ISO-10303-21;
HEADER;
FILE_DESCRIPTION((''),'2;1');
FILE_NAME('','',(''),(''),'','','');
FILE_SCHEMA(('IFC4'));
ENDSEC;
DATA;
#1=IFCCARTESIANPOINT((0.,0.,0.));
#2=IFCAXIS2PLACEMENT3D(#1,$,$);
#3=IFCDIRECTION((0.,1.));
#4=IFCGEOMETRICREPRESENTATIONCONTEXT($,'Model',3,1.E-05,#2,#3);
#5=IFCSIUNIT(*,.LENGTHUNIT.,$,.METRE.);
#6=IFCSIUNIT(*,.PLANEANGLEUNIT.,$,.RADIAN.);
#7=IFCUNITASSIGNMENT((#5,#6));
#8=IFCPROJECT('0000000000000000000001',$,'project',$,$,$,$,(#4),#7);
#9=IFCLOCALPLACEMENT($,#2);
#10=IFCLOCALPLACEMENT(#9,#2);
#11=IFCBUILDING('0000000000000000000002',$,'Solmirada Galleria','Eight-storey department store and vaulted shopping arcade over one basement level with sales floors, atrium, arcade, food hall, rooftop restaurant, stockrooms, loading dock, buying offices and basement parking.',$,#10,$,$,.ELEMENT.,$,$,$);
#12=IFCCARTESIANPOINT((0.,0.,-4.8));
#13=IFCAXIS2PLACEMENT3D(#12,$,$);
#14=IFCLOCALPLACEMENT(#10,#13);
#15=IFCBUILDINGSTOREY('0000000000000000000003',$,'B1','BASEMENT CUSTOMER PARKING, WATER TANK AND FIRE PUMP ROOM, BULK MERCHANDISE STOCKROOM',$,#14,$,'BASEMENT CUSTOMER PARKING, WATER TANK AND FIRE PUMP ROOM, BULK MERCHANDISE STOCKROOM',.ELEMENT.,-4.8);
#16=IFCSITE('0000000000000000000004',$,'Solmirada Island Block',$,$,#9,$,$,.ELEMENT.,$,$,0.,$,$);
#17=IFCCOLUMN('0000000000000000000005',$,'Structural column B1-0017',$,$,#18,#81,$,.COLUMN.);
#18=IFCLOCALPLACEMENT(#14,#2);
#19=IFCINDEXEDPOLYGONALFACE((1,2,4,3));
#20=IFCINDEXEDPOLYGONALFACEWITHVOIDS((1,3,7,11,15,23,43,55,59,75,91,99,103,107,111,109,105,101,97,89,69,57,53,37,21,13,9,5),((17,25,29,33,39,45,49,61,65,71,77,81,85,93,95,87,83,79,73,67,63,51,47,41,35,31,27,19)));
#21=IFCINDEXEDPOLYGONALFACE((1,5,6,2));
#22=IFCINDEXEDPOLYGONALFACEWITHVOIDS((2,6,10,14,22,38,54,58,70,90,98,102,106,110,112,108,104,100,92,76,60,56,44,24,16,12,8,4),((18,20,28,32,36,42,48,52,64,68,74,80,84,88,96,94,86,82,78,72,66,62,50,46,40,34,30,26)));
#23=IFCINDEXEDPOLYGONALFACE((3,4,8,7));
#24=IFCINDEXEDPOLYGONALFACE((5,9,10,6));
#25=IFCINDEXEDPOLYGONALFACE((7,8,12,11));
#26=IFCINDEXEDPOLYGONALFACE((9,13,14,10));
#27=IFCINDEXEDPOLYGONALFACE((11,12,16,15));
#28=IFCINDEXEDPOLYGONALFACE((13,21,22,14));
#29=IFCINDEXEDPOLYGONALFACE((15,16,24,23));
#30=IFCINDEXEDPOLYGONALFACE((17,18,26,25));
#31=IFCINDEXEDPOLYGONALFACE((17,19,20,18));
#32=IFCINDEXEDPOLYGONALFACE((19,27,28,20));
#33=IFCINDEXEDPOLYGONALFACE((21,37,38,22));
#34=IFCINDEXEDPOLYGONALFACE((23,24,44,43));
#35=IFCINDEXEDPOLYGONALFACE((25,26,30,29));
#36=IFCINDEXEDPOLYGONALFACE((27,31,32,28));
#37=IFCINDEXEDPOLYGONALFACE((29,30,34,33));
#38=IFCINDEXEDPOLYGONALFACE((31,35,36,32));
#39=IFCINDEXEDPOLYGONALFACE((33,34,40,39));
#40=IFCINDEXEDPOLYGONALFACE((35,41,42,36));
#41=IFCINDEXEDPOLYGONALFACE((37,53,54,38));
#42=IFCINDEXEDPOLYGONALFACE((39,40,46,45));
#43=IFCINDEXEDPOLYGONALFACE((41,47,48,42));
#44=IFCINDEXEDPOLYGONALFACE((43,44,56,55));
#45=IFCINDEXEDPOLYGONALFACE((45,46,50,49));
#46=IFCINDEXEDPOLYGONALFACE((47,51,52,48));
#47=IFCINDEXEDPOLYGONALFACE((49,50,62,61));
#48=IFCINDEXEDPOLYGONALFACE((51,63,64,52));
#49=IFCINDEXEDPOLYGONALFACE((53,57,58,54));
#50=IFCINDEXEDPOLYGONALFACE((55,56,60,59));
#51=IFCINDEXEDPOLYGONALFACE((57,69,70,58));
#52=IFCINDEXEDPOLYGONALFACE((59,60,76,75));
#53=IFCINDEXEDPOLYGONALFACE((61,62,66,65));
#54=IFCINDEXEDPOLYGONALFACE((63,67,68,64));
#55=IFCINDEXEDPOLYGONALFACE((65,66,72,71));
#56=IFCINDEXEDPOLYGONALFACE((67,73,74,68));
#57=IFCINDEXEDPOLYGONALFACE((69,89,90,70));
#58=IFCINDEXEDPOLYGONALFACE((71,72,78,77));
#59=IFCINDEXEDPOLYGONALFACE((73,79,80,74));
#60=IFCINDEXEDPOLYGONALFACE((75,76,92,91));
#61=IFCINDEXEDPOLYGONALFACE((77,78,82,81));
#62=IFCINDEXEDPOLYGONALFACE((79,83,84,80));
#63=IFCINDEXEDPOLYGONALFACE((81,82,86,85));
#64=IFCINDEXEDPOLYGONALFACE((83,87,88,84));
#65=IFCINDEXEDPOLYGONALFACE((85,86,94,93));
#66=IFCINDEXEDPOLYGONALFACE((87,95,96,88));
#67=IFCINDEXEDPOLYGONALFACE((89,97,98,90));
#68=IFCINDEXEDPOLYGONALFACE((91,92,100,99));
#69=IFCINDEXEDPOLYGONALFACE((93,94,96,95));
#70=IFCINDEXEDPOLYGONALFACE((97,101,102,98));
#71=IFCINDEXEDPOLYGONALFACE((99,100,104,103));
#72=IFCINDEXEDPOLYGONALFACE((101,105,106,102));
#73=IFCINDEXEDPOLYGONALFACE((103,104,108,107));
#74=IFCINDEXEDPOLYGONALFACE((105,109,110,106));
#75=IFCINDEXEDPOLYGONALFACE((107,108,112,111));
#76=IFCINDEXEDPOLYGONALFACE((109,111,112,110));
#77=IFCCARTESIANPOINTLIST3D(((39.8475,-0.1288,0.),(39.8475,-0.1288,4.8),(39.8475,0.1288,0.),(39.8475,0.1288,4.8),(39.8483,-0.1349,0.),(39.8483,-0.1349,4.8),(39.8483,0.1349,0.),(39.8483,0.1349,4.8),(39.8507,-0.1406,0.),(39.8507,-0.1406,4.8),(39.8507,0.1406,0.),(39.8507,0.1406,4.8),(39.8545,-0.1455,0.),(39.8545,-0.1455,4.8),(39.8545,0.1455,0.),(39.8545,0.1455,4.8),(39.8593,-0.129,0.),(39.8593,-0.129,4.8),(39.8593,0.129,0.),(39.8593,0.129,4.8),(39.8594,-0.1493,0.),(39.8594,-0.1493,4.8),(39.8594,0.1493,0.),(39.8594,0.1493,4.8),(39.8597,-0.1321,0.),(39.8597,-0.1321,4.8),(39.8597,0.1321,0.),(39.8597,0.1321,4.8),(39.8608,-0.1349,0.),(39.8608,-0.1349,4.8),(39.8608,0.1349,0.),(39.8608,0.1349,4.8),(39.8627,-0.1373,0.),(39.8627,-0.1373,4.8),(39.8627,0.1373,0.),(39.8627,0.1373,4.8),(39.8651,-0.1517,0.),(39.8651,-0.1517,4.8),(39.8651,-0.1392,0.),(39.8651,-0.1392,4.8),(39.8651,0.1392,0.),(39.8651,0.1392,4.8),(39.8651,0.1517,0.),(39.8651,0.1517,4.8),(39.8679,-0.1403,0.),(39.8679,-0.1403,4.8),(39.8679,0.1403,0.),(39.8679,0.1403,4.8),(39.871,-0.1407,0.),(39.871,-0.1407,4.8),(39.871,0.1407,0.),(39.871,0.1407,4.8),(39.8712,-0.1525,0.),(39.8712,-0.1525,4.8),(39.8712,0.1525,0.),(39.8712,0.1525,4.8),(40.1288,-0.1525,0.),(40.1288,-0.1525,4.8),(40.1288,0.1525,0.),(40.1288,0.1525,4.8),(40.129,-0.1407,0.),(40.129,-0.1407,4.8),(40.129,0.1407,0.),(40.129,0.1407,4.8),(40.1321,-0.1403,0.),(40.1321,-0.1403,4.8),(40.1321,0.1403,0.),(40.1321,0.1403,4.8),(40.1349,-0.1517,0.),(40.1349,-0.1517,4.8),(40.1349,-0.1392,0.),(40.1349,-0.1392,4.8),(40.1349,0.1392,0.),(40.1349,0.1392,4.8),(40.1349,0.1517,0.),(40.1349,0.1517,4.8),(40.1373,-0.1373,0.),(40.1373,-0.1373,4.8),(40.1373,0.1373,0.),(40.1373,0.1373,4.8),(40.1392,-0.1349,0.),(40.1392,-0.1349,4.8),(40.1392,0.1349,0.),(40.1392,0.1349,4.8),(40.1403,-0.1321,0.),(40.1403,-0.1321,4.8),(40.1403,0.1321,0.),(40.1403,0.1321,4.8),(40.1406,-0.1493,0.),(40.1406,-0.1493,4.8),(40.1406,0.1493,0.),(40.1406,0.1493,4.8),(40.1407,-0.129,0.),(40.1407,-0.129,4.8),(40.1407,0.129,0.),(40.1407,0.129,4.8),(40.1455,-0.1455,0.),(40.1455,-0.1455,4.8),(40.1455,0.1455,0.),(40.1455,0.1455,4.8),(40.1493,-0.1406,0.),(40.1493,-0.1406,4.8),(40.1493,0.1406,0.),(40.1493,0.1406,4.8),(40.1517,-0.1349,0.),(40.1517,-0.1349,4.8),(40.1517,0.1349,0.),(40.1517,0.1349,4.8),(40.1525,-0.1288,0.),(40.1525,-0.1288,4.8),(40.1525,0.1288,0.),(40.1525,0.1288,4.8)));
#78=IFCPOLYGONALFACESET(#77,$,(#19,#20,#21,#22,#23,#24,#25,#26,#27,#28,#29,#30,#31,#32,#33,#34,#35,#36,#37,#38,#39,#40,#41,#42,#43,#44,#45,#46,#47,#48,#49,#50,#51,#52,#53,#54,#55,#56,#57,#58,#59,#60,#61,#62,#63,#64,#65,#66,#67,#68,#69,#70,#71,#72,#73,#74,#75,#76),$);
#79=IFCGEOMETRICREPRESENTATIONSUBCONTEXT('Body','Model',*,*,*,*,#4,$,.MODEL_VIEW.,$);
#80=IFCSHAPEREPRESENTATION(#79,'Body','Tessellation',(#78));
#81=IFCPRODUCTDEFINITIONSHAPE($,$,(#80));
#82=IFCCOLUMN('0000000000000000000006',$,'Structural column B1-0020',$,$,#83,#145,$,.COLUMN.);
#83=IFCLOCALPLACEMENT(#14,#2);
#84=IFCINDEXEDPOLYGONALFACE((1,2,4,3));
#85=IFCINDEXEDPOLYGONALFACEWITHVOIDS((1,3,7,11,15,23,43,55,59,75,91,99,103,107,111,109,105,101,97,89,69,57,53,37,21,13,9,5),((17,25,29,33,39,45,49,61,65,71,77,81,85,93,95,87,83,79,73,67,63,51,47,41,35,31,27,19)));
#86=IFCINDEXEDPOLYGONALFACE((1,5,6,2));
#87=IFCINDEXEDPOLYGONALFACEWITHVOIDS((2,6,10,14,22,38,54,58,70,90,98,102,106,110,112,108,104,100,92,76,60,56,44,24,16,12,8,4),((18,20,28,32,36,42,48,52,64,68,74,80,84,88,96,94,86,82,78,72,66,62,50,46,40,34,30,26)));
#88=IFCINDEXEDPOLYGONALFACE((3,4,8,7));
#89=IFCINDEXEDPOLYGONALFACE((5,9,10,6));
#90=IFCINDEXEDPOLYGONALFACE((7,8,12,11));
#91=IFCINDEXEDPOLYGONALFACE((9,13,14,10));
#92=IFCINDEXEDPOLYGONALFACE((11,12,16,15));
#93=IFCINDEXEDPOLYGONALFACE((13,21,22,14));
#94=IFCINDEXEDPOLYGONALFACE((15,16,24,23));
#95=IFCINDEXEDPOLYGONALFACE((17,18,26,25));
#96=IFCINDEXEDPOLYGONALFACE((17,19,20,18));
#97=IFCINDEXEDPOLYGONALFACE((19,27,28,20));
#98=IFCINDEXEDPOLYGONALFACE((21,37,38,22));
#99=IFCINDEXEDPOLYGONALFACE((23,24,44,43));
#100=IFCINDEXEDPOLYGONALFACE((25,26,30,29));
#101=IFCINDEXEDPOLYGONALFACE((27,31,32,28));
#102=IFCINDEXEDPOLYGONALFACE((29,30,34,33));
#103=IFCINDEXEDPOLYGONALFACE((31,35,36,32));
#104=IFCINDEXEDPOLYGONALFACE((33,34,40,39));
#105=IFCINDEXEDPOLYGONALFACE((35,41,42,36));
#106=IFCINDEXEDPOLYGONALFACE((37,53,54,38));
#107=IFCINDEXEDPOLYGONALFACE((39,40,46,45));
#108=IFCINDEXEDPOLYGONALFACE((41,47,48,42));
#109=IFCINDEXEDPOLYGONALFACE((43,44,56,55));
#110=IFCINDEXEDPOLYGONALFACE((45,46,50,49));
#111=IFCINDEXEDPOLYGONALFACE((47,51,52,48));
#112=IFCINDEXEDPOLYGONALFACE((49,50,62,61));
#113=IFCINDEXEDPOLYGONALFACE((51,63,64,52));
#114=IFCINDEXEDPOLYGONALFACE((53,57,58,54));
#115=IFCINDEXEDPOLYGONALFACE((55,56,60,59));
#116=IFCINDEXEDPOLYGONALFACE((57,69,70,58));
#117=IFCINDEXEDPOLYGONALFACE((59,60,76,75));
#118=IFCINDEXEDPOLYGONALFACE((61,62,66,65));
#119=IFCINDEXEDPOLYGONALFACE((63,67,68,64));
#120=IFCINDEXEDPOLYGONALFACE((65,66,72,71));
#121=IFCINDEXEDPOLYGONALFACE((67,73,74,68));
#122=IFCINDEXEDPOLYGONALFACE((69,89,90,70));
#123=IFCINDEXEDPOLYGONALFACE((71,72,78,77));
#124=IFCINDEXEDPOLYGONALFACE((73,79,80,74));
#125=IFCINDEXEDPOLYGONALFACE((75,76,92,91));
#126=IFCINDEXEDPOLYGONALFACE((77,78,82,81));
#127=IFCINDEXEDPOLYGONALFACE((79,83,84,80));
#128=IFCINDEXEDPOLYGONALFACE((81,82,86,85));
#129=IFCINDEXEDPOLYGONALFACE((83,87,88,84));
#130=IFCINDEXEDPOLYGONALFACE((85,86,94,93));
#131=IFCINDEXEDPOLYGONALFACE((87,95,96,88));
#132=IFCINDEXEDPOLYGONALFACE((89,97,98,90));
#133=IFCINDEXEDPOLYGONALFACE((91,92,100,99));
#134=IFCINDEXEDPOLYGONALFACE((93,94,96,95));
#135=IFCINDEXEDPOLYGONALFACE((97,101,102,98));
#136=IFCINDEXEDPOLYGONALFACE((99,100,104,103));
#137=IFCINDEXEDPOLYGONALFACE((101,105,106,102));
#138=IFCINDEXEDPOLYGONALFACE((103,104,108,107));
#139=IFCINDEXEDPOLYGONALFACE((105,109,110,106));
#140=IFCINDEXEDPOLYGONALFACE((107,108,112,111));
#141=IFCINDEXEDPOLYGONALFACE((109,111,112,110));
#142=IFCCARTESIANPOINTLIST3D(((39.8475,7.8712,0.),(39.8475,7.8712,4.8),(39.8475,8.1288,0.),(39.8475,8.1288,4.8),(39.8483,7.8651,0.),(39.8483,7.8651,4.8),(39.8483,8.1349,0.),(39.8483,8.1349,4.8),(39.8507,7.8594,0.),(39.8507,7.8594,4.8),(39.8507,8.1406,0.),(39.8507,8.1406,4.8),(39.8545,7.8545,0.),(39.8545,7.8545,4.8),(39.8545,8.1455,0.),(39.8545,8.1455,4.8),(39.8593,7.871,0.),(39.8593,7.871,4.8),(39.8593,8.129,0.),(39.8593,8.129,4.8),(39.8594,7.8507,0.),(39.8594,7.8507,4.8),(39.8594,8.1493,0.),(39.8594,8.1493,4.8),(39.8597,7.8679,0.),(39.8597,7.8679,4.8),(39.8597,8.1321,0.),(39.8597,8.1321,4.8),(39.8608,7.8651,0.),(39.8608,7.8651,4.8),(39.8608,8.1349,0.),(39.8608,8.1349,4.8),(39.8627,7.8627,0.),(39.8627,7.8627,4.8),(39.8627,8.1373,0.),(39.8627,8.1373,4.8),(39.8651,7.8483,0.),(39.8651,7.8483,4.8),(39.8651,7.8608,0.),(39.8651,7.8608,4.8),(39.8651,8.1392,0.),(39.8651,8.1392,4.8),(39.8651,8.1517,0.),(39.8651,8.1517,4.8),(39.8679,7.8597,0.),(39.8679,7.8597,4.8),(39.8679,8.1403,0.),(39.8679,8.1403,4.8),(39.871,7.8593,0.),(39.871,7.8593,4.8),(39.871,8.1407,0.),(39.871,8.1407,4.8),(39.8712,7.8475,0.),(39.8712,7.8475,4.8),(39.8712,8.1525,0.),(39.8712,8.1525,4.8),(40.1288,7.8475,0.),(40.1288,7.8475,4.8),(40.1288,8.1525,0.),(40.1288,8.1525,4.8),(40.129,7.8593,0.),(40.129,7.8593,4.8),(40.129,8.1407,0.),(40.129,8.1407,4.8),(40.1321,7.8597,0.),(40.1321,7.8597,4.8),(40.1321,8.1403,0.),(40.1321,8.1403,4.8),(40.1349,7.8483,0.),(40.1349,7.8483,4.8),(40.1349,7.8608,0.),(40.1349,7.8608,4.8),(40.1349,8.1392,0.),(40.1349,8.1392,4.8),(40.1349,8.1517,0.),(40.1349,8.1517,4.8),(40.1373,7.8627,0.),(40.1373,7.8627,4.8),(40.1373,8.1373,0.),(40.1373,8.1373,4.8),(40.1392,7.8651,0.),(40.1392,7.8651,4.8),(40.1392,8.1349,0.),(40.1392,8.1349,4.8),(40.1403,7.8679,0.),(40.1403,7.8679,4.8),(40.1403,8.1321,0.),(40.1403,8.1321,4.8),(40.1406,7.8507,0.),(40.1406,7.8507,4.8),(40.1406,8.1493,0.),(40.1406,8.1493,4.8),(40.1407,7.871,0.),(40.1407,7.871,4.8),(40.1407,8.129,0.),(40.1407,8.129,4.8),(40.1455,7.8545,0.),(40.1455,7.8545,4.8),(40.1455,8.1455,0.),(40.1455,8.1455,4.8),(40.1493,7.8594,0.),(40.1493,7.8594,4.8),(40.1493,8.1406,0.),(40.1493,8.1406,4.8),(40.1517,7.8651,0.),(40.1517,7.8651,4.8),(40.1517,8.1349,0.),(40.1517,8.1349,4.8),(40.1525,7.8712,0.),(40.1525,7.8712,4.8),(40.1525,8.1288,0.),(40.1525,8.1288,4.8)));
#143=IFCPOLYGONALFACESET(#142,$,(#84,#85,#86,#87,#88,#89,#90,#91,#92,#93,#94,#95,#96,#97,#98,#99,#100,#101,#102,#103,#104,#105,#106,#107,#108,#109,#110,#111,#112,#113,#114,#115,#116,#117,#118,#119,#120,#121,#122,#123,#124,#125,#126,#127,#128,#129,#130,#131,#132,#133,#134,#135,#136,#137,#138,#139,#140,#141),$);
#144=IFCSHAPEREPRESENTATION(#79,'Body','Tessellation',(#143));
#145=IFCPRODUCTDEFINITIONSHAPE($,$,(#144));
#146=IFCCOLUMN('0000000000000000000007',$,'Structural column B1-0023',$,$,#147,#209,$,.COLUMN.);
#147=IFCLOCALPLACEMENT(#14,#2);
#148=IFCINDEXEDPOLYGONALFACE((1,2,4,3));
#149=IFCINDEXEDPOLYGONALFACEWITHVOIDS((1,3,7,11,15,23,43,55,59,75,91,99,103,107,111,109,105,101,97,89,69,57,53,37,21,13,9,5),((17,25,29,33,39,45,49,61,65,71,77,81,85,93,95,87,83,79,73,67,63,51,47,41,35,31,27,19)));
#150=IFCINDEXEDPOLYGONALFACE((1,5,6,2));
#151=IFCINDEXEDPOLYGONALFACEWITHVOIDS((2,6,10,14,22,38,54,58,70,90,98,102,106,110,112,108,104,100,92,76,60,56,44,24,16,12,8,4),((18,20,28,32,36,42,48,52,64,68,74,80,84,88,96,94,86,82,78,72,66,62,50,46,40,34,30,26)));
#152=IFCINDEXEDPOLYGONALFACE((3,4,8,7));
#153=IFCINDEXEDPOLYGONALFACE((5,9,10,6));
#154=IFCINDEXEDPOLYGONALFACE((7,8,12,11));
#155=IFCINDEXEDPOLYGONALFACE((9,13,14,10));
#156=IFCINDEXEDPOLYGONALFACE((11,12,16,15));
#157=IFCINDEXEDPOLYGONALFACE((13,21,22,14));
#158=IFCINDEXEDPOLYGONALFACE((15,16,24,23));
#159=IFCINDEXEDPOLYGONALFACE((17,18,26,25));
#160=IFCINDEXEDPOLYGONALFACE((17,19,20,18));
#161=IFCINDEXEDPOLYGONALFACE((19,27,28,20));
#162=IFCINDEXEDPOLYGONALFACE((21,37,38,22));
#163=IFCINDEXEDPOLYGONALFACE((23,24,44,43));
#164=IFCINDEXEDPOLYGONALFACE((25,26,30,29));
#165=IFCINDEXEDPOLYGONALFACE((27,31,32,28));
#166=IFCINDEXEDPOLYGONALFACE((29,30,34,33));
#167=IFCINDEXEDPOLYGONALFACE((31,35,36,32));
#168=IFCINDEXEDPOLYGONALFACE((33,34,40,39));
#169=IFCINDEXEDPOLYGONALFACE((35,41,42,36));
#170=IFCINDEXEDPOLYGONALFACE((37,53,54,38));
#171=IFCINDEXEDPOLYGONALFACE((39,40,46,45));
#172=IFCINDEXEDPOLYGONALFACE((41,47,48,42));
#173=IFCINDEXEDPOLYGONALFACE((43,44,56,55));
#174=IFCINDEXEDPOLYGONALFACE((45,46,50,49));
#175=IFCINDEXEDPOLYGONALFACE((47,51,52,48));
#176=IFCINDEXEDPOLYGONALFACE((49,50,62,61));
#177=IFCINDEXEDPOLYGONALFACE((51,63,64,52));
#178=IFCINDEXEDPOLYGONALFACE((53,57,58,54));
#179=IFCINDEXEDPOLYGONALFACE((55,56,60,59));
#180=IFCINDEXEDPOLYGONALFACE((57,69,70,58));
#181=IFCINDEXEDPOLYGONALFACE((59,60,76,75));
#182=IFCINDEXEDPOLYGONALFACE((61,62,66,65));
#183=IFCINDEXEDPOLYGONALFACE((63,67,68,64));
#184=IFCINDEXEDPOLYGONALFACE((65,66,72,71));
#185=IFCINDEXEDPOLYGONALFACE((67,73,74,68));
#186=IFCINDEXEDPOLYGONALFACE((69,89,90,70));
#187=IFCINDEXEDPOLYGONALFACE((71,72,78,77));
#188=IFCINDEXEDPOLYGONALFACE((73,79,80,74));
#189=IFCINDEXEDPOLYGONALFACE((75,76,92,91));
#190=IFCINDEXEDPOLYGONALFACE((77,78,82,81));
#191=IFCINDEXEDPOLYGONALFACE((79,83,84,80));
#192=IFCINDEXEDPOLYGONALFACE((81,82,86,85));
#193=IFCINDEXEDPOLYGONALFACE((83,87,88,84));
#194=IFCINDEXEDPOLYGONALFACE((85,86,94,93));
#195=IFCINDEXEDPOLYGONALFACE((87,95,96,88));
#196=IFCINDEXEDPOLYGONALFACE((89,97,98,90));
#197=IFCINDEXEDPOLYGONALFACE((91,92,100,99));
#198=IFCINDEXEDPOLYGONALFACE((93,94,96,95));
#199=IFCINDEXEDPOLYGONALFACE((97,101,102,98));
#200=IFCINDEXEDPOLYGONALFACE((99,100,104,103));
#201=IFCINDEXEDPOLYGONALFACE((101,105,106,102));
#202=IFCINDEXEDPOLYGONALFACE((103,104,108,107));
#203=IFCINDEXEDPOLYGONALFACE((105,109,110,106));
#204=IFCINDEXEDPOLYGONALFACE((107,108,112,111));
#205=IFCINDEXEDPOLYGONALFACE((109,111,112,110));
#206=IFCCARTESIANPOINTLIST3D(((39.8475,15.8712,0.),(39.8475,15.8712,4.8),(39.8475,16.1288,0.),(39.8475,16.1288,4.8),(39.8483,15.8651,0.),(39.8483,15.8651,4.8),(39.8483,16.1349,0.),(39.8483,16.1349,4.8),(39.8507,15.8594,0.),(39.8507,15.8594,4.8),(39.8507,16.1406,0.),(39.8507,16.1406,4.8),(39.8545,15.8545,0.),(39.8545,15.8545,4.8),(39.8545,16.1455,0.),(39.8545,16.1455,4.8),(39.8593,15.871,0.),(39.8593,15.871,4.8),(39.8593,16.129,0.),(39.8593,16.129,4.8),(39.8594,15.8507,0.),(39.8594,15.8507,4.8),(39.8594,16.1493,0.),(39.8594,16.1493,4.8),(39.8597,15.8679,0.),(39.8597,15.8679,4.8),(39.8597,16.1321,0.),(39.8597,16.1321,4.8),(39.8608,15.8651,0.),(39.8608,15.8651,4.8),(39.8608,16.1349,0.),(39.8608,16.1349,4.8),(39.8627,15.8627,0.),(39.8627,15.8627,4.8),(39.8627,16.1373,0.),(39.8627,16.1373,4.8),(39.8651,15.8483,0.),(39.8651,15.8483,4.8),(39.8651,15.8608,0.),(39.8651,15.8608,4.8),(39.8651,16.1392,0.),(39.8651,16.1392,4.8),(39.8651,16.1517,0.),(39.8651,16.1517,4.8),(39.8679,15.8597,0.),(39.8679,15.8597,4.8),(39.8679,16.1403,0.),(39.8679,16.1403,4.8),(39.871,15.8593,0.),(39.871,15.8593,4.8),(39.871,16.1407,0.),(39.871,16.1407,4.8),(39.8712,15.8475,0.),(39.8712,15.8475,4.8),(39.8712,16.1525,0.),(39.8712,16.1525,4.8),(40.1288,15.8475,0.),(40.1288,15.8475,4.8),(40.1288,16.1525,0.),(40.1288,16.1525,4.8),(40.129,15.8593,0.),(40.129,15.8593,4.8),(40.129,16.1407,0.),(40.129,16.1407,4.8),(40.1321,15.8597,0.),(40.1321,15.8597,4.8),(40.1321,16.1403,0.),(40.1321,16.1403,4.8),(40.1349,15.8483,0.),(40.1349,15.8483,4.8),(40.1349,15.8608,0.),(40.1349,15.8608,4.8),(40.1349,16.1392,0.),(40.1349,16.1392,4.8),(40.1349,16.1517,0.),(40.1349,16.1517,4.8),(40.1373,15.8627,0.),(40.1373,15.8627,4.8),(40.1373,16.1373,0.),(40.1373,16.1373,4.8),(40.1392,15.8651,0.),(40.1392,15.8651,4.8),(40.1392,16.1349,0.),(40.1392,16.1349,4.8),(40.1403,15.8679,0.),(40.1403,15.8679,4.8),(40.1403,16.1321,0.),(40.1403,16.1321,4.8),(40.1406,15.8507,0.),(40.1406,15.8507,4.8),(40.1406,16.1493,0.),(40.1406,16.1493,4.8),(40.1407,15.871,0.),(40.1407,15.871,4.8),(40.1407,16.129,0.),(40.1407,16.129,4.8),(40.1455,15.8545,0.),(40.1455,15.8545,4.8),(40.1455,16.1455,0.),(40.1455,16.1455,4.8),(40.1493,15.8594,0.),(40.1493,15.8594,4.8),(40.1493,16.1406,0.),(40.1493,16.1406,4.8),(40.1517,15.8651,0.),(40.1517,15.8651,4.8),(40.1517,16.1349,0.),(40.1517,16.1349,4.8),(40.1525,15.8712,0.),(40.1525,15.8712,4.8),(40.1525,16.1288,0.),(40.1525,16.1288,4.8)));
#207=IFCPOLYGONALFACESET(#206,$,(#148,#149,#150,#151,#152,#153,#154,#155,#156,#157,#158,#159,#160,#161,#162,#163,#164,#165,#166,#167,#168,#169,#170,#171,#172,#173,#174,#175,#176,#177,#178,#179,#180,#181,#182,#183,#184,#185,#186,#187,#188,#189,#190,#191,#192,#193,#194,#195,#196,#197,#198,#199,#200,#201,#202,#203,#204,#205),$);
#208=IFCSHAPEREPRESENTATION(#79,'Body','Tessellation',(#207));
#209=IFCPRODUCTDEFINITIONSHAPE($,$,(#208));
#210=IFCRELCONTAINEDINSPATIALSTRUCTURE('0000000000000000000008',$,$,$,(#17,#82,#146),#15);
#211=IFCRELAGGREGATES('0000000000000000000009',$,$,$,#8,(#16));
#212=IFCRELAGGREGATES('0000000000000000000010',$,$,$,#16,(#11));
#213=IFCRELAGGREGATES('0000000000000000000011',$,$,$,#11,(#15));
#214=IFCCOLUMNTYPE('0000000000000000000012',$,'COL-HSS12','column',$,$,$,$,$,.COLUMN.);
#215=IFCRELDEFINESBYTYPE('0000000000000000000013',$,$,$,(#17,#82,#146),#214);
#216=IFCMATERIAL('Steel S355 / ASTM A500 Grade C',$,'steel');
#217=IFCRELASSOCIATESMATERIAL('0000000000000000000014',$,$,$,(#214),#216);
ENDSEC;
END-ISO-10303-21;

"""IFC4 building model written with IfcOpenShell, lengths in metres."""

from ifc_helpers import new_model, si_unit, direction, frame, origin, origin_2d, place, context, subcontext, project, spatial, hollow_rectangle, extrude, material, material_profile, profile_set, type_object, element, save


model = new_model("IFC4")

# Units and contexts
model_context = context("Model", 3, precision=1e-05, world=origin(), true_north=direction((0.0, 1.0)))
body_context = subcontext(model_context, "Body", "Model", "MODEL_VIEW")
ifc_project = project(units=[si_unit("LENGTHUNIT", "METRE"), si_unit("PLANEANGLEUNIT", "RADIAN")], contexts=[model_context])

# Site, building, storey
site_placement = place(None, origin())
site = spatial("IfcSite", under=ifc_project, at=site_placement, Name="Solmirada Island Block", CompositionType="ELEMENT", RefElevation=0.0)
building_placement = place(site_placement, origin())
building = spatial("IfcBuilding", under=site, at=building_placement, Name="Solmirada Galleria", Description="Eight-storey department store and vaulted shopping arcade over one basement level with sales floors, atrium, arcade, food hall, rooftop restaurant, stockrooms, loading dock, buying offices and basement parking.", CompositionType="ELEMENT")
storey_placement = place(building_placement, frame((0.0, 0.0, -4.8)))
storey = spatial("IfcBuildingStorey", under=building, at=storey_placement, Name="B1", Description="BASEMENT CUSTOMER PARKING, WATER TANK AND FIRE PUMP ROOM, BULK MERCHANDISE STOCKROOM", LongName="BASEMENT CUSTOMER PARKING, WATER TANK AND FIRE PUMP ROOM, BULK MERCHANDISE STOCKROOM", CompositionType="ELEMENT", Elevation=-4.8)

# Columns
ifc_material_1 = material(Name="Steel S355 / ASTM A500 Grade C", Category="steel")
ifc_material_profile_1 = material_profile(ifc_material_1, hollow_rectangle(XDim=0.3049, YDim=0.3049, WallThickness=0.0117, InnerFilletRadius=0.0117, OuterFilletRadius=0.0237, at=origin_2d()), Name="HSS12X12X1/2")
ifc_profile_set_1 = profile_set([ifc_material_profile_1], Name="Steel S355 / ASTM A500 Grade C")
column_type = type_object("IfcColumnType", Name="COL-HSS12", Description="column", PredefinedType="COLUMN", material=ifc_profile_set_1)
for number, where, z_axis, x_axis, name in (
    (1, (40.0, 0.0, 0.0), (0.0, 0.0, 1.0), (1.0, 0.0, 0.0), "Structural column B1-0017"),
    (2, (40.0, 8.0, 0.0), (0.0, 0.0, 1.0), (1.0, 0.0, 0.0), "Structural column B1-0020"),
    (3, (40.0, 16.0, 0.0), (0.0, 0.0, 1.0), (1.0, 0.0, 0.0), "Structural column B1-0023"),
):
    element("IfcColumn", number, at=place(storey_placement, frame(where, z_axis=z_axis, x_axis=x_axis)), inside=storey, type_object=column_type, Name=name, PredefinedType="COLUMN", context=body_context, shape_type="SweptSolid", body=[
        extrude(hollow_rectangle(XDim=0.3049, YDim=0.3049, WallThickness=0.0117, InnerFilletRadius=0.0117, OuterFilletRadius=0.0237, at=origin_2d()), origin(), (0.0, 0.0, 1.0), 4.8),
    ])

save(model, "model.ifc")
